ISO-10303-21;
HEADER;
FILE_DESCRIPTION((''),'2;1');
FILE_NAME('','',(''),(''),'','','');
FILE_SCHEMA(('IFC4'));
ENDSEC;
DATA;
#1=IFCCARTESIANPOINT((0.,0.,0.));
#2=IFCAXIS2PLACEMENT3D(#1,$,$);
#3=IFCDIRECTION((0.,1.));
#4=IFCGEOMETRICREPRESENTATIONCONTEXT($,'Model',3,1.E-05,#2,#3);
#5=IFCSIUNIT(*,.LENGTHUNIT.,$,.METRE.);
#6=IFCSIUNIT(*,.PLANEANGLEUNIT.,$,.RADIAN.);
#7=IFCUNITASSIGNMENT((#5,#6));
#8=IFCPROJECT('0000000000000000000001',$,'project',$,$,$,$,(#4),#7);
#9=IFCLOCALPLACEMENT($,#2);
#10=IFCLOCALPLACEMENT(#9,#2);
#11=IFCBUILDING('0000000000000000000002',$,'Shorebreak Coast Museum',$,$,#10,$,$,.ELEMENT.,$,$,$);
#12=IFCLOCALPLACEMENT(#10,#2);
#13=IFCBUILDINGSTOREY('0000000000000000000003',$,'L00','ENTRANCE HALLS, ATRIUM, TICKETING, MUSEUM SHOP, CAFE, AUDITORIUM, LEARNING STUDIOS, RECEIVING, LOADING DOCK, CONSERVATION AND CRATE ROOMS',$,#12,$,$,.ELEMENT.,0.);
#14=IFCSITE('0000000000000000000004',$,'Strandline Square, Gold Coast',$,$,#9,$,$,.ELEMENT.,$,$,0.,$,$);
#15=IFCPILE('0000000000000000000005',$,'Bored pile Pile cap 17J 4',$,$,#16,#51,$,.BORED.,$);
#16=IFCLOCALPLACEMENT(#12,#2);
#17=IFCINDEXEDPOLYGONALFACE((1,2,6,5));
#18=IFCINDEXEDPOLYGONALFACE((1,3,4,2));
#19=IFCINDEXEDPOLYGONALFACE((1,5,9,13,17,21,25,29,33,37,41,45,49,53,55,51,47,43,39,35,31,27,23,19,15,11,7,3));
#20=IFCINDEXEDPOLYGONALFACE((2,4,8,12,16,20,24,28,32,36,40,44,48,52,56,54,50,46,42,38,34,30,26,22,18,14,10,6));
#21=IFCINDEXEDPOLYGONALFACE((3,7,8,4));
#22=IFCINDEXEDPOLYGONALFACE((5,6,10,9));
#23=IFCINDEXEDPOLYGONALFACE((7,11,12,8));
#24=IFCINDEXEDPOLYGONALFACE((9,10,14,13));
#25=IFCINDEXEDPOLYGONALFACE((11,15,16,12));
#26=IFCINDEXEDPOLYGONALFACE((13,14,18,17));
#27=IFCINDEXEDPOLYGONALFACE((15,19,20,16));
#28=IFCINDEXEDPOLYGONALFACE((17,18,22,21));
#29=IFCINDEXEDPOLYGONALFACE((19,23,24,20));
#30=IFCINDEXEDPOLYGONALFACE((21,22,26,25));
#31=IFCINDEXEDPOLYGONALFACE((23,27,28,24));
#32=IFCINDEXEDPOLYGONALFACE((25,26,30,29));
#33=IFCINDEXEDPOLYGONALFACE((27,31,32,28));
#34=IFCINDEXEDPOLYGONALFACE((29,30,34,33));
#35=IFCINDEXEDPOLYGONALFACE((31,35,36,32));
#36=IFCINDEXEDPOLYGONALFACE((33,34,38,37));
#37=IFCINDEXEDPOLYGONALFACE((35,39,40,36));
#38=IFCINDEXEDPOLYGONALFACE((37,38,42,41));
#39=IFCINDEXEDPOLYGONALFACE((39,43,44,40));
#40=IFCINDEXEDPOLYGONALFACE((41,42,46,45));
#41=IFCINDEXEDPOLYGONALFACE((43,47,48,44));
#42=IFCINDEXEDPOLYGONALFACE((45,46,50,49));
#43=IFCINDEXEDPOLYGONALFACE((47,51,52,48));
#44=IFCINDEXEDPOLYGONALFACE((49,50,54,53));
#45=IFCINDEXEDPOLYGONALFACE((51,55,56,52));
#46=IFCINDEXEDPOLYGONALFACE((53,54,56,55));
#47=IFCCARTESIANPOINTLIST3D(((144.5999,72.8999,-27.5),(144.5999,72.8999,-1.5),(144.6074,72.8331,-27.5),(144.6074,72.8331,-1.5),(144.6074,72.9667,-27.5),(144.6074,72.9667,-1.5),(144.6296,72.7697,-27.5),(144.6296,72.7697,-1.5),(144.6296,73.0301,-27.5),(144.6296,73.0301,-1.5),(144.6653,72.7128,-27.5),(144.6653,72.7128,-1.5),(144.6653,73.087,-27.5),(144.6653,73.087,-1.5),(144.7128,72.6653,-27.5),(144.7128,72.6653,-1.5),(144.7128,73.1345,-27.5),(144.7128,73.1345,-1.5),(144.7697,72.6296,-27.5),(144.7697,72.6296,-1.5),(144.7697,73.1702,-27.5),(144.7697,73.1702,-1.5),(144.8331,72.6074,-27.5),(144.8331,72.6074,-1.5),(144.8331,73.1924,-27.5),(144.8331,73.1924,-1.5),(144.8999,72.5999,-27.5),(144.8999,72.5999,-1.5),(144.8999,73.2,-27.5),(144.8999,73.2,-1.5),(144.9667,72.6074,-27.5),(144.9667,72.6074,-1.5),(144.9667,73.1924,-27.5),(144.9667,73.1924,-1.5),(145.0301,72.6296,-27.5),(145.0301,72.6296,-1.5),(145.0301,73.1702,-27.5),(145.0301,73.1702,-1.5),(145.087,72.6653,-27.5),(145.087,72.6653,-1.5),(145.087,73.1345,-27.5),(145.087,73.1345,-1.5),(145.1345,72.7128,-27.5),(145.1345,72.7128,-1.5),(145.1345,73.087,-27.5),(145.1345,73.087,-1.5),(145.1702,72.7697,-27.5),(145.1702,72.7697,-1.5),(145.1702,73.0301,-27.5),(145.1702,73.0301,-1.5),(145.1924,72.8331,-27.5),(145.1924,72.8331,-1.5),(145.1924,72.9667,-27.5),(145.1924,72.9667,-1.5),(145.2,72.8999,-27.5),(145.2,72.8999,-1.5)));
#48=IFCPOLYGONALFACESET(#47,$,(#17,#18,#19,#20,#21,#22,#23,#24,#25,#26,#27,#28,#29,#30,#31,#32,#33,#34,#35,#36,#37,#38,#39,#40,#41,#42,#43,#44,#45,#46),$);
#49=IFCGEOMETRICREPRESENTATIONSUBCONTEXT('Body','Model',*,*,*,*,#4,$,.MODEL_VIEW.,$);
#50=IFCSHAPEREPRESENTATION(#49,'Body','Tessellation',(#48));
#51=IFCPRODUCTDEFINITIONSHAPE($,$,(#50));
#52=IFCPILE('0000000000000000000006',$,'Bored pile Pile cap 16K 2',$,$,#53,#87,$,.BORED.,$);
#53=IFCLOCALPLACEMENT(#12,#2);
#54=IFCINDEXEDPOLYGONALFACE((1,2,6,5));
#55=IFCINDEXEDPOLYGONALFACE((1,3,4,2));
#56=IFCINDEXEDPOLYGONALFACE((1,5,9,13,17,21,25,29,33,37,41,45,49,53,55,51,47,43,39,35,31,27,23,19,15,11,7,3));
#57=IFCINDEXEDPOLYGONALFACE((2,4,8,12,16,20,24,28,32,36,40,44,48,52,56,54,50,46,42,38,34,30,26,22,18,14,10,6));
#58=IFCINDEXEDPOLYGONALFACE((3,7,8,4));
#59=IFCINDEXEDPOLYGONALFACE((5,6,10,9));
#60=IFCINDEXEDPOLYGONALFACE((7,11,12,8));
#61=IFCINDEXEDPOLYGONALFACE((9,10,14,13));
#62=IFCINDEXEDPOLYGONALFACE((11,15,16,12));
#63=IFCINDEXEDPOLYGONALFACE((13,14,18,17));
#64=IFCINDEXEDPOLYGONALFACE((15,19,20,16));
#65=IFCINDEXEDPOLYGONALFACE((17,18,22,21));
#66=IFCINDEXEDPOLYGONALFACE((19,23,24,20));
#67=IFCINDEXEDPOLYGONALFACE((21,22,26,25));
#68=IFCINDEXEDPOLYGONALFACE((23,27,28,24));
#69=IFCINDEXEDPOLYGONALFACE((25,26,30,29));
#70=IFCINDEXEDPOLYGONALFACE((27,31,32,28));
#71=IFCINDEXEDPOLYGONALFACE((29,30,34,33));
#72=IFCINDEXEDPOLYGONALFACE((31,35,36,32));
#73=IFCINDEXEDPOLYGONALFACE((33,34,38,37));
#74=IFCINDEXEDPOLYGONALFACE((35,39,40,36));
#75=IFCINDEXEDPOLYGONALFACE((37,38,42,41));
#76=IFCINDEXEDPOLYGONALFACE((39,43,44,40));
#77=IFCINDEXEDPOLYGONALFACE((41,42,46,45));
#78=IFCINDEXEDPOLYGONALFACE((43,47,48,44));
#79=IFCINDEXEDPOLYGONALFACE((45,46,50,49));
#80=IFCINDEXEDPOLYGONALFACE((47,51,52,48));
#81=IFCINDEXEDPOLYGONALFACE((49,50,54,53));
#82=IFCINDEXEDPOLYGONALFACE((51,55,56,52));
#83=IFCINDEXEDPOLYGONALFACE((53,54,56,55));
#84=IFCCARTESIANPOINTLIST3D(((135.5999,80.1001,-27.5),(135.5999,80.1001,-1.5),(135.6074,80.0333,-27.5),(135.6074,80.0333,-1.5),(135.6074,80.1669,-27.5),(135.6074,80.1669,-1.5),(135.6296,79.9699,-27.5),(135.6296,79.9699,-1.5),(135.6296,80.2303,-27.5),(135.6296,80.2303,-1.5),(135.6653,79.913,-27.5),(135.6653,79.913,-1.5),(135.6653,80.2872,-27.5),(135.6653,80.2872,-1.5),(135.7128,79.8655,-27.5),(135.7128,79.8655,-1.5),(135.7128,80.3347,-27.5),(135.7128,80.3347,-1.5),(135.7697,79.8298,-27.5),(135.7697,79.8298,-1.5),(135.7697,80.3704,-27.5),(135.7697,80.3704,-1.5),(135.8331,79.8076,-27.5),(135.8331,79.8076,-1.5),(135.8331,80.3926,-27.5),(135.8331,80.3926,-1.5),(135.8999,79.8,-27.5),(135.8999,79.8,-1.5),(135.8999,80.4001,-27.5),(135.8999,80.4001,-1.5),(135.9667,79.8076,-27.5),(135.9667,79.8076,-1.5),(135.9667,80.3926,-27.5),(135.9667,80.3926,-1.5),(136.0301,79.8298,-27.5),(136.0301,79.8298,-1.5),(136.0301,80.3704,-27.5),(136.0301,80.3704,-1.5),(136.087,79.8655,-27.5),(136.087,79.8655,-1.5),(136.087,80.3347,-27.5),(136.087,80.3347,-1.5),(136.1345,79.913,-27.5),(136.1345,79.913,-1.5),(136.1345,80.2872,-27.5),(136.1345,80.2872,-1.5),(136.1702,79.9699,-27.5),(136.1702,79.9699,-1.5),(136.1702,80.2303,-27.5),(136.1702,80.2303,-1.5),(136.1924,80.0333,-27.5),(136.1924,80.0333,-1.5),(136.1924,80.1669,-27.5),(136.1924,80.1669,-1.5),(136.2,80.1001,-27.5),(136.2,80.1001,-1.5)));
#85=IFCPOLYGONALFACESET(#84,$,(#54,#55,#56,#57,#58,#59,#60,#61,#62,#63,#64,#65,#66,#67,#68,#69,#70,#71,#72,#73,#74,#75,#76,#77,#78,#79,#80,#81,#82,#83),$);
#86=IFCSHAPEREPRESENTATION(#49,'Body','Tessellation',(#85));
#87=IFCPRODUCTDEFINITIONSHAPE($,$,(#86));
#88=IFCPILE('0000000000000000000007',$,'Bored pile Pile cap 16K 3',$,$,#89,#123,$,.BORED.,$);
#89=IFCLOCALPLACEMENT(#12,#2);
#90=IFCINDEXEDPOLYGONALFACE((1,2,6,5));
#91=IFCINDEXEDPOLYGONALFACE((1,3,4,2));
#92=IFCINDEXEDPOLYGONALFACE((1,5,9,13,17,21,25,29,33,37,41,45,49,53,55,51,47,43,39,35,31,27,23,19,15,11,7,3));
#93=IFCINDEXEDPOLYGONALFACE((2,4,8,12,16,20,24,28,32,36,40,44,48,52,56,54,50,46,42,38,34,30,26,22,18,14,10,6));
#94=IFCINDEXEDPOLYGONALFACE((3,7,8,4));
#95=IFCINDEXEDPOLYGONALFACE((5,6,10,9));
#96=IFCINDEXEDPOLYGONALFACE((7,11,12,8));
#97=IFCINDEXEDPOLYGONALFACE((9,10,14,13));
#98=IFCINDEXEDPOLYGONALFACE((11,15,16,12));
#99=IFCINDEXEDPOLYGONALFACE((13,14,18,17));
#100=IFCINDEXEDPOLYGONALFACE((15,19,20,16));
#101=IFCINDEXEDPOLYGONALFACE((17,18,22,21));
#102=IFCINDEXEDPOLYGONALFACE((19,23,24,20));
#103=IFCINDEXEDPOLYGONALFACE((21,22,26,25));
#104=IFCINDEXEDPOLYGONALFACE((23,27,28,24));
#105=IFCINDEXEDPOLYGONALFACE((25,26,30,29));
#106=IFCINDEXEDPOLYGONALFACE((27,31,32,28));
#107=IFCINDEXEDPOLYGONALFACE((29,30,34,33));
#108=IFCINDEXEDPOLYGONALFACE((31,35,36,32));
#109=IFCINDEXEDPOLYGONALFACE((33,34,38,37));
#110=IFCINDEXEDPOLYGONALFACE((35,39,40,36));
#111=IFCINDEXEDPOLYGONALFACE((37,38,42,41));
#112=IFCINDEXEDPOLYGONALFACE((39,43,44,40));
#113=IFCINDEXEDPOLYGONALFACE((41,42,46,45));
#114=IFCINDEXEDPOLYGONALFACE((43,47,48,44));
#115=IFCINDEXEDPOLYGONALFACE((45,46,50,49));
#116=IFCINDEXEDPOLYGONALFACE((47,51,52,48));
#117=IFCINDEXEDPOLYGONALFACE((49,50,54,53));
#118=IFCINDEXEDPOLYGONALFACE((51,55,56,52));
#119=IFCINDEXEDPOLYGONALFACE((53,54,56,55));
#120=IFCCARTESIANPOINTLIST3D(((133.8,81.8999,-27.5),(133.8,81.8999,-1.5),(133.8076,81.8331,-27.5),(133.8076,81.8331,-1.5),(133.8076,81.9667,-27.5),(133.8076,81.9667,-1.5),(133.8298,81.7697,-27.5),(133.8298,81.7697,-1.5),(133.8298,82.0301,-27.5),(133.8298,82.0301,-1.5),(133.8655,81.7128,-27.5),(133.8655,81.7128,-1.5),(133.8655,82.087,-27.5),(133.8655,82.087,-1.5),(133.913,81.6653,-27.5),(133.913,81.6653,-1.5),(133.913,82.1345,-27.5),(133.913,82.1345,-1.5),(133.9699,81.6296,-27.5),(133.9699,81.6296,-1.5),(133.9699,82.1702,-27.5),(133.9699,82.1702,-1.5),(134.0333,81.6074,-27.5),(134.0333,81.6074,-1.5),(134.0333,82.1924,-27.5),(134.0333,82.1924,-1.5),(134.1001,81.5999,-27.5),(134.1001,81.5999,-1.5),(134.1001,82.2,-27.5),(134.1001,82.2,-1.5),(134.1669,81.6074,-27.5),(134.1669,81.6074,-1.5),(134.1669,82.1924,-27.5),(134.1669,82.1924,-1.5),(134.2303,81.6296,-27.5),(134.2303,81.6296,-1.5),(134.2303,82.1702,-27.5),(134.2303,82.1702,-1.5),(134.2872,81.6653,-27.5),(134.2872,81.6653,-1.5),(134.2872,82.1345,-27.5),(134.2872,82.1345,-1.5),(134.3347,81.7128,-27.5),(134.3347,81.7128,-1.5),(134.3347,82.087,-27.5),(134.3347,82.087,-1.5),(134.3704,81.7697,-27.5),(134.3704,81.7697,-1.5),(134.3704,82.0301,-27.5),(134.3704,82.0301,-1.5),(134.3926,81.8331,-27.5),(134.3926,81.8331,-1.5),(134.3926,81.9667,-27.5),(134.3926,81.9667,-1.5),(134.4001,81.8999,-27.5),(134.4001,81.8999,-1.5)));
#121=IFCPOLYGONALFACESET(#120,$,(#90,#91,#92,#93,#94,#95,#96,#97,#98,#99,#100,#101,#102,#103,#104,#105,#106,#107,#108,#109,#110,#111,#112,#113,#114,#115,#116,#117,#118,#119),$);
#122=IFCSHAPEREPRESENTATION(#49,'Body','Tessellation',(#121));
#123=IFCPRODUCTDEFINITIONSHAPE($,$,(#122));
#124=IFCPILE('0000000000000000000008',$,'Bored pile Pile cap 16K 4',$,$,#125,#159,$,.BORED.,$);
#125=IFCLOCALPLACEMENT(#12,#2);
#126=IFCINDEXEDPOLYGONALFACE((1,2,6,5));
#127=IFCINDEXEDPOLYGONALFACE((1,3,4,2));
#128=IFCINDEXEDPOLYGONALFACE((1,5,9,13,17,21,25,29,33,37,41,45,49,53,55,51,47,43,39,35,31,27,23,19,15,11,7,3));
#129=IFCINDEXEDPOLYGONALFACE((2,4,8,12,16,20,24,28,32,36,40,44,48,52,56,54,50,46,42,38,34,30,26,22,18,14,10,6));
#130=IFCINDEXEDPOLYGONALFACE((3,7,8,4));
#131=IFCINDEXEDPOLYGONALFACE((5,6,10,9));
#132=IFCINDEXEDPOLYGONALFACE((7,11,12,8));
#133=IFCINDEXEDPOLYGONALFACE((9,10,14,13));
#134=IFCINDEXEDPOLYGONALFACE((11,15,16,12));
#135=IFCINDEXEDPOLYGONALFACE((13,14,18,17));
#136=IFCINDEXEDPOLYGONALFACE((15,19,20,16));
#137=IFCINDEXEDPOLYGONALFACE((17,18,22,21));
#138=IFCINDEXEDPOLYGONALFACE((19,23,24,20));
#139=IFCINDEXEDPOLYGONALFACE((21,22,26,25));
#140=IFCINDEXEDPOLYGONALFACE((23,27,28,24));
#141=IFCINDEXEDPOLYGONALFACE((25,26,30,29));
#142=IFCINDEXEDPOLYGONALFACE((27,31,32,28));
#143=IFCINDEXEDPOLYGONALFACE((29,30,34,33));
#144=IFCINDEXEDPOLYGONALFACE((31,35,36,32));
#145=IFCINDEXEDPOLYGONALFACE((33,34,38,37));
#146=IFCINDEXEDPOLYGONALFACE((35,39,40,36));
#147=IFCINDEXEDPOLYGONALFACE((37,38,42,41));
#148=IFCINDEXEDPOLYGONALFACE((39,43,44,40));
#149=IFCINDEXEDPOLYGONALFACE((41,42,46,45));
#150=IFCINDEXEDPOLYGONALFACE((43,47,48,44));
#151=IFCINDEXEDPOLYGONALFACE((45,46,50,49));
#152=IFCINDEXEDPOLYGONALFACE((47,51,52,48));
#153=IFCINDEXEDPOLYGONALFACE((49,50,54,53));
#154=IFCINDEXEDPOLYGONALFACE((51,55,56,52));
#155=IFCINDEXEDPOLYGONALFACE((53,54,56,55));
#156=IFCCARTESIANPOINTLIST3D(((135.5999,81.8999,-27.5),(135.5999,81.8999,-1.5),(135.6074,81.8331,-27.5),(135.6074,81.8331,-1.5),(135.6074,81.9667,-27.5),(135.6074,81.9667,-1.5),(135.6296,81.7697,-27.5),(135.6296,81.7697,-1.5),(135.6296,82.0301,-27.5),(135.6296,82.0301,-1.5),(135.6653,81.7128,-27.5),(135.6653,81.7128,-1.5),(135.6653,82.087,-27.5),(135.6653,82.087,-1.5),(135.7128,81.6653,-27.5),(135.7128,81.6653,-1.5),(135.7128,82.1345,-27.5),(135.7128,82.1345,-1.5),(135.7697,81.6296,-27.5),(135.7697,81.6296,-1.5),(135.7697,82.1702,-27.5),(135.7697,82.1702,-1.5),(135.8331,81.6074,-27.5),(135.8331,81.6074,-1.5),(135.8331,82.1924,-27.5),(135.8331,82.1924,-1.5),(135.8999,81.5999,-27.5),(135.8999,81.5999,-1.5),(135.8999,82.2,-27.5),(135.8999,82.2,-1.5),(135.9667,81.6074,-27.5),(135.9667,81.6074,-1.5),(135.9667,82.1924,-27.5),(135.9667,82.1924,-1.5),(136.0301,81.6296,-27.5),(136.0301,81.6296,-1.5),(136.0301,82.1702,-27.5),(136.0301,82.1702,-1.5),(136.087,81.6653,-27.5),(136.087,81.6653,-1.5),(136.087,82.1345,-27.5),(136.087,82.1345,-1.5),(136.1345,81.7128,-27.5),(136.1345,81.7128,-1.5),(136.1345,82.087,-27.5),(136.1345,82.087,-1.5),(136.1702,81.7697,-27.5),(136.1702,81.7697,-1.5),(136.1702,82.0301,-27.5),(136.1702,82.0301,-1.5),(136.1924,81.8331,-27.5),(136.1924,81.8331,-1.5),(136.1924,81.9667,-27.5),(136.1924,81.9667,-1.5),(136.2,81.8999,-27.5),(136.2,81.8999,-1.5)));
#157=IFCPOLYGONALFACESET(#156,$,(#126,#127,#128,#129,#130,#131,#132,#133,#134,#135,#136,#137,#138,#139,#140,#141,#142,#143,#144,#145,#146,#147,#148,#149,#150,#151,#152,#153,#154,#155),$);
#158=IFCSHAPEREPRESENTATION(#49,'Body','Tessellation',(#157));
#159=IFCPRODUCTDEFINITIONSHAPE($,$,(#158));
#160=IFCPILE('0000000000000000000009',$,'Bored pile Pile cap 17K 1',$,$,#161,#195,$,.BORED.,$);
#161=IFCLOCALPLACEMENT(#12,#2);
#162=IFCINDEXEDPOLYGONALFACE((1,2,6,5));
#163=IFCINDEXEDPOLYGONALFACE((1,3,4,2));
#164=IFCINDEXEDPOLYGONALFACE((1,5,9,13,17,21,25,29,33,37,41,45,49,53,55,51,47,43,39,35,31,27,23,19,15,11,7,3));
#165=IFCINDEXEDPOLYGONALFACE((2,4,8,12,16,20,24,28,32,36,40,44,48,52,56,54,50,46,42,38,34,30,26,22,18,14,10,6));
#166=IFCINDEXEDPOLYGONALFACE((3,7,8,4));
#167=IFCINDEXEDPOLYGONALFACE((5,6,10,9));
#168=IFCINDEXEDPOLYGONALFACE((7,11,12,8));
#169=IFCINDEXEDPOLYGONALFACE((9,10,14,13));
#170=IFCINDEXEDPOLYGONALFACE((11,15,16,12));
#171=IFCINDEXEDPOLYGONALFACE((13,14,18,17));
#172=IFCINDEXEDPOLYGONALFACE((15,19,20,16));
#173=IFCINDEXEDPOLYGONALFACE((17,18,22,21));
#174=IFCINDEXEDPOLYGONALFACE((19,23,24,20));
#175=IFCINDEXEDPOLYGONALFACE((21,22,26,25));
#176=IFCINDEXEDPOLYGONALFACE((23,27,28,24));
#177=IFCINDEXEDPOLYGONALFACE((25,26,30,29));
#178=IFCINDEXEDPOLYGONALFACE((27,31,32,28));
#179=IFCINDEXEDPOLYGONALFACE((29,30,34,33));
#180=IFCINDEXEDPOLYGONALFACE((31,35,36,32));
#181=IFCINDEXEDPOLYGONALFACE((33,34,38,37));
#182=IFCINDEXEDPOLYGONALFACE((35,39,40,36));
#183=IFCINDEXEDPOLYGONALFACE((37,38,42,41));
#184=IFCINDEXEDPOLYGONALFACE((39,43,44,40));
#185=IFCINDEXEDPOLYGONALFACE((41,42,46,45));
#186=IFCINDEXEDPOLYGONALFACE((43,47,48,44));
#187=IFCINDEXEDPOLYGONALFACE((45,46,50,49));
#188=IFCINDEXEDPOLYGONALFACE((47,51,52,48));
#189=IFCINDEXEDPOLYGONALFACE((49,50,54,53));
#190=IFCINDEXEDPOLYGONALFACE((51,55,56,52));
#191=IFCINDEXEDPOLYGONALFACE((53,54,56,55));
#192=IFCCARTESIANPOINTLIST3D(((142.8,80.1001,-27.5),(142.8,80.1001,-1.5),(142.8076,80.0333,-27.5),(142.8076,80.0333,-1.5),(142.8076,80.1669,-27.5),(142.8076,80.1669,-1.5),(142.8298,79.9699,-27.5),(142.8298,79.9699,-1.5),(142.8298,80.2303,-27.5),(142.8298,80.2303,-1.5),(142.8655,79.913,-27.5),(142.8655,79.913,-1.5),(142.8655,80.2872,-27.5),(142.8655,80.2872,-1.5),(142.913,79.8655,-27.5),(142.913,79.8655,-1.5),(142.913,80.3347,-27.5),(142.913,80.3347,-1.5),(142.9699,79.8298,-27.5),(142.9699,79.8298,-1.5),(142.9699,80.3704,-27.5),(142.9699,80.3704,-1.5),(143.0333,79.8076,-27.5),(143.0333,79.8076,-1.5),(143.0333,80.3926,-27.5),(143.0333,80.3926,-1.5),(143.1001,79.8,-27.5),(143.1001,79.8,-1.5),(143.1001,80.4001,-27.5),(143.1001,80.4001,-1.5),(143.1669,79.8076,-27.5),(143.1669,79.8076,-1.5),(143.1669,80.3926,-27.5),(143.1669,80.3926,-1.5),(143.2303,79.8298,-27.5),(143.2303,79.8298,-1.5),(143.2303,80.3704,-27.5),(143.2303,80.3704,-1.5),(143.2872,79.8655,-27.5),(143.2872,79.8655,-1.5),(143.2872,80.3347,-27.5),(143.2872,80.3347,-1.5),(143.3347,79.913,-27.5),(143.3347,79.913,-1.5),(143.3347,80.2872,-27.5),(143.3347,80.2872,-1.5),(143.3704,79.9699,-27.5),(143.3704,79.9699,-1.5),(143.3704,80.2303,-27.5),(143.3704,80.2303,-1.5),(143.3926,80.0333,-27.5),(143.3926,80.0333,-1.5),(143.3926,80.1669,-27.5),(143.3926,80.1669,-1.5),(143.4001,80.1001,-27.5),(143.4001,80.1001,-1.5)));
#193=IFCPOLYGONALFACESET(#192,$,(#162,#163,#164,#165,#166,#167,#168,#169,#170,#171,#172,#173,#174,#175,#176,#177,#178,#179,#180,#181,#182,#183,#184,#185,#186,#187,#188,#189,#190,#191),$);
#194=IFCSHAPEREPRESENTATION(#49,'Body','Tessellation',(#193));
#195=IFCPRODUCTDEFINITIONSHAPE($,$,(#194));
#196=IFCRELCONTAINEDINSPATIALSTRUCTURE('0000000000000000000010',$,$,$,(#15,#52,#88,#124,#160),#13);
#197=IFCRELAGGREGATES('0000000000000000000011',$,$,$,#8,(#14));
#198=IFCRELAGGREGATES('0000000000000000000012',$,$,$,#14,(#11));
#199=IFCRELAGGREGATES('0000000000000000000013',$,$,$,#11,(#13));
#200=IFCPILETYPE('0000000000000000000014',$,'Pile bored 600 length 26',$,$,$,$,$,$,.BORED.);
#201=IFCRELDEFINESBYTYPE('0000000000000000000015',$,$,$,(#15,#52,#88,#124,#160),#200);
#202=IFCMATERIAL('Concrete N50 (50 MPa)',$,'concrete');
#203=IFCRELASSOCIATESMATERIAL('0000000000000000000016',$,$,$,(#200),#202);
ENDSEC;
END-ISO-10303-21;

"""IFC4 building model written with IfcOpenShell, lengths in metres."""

from ifc_helpers import new_model, si_unit, direction, frame, origin, origin_2d, place, context, subcontext, project, spatial, circle, extrude, material, material_profile, profile_set, type_object, element, save


model = new_model("IFC4")

# Units and contexts
model_context = context("Model", 3, precision=1e-05, world=origin(), true_north=direction((0.0, 1.0)))
body_context = subcontext(model_context, "Body", "Model", "MODEL_VIEW")
ifc_project = project(units=[si_unit("LENGTHUNIT", "METRE"), si_unit("PLANEANGLEUNIT", "RADIAN")], contexts=[model_context])

# Site, building, storey
site_placement = place(None, origin())
site = spatial("IfcSite", under=ifc_project, at=site_placement, Name="Strandline Square, Gold Coast", CompositionType="ELEMENT", RefElevation=0.0)
building_placement = place(site_placement, origin())
building = spatial("IfcBuilding", under=site, at=building_placement, Name="Shorebreak Coast Museum", CompositionType="ELEMENT")
storey_placement = place(building_placement, origin())
storey = spatial("IfcBuildingStorey", under=building, at=storey_placement, Name="L00", Description="ENTRANCE HALLS, ATRIUM, TICKETING, MUSEUM SHOP, CAFE, AUDITORIUM, LEARNING STUDIOS, RECEIVING, LOADING DOCK, CONSERVATION AND CRATE ROOMS", CompositionType="ELEMENT", Elevation=0.0)

# Piles
ifc_material_1 = material(Name="Concrete N50 (50 MPa)", Category="concrete")
ifc_material_profile_1 = material_profile(ifc_material_1, circle(Radius=0.3, at=origin_2d()), Name="Pile bored 600 length 26")
ifc_profile_set_1 = profile_set([ifc_material_profile_1], Name="Concrete N50 (50 MPa)")
pile_type = type_object("IfcPileType", Name="Pile bored 600 length 26", PredefinedType="BORED", material=ifc_profile_set_1)
for number, where, z_axis, x_axis, name in (
    (1, (144.8999, 72.8999, -1.5), (0.0, 0.0, -1.0), (1.0, 0.0, 0.0), "Bored pile Pile cap 17J 4"),
    (2, (135.8999, 80.1001, -1.5), (0.0, 0.0, -1.0), (1.0, 0.0, 0.0), "Bored pile Pile cap 16K 2"),
    (3, (134.1001, 81.8999, -1.5), (0.0, 0.0, -1.0), (1.0, 0.0, 0.0), "Bored pile Pile cap 16K 3"),
    (4, (135.8999, 81.8999, -1.5), (0.0, 0.0, -1.0), (1.0, 0.0, 0.0), "Bored pile Pile cap 16K 4"),
    (5, (143.1001, 80.1001, -1.5), (0.0, 0.0, -1.0), (1.0, 0.0, 0.0), "Bored pile Pile cap 17K 1"),
):
    element("IfcPile", number, at=place(storey_placement, frame(where, z_axis=z_axis, x_axis=x_axis)), inside=storey, type_object=pile_type, Name=name, PredefinedType="BORED", context=body_context, shape_type="SweptSolid", body=[
        extrude(circle(Radius=0.3, at=origin_2d()), origin(), (0.0, 0.0, 1.0), 26.0),
    ])

save(model, "model.ifc")
